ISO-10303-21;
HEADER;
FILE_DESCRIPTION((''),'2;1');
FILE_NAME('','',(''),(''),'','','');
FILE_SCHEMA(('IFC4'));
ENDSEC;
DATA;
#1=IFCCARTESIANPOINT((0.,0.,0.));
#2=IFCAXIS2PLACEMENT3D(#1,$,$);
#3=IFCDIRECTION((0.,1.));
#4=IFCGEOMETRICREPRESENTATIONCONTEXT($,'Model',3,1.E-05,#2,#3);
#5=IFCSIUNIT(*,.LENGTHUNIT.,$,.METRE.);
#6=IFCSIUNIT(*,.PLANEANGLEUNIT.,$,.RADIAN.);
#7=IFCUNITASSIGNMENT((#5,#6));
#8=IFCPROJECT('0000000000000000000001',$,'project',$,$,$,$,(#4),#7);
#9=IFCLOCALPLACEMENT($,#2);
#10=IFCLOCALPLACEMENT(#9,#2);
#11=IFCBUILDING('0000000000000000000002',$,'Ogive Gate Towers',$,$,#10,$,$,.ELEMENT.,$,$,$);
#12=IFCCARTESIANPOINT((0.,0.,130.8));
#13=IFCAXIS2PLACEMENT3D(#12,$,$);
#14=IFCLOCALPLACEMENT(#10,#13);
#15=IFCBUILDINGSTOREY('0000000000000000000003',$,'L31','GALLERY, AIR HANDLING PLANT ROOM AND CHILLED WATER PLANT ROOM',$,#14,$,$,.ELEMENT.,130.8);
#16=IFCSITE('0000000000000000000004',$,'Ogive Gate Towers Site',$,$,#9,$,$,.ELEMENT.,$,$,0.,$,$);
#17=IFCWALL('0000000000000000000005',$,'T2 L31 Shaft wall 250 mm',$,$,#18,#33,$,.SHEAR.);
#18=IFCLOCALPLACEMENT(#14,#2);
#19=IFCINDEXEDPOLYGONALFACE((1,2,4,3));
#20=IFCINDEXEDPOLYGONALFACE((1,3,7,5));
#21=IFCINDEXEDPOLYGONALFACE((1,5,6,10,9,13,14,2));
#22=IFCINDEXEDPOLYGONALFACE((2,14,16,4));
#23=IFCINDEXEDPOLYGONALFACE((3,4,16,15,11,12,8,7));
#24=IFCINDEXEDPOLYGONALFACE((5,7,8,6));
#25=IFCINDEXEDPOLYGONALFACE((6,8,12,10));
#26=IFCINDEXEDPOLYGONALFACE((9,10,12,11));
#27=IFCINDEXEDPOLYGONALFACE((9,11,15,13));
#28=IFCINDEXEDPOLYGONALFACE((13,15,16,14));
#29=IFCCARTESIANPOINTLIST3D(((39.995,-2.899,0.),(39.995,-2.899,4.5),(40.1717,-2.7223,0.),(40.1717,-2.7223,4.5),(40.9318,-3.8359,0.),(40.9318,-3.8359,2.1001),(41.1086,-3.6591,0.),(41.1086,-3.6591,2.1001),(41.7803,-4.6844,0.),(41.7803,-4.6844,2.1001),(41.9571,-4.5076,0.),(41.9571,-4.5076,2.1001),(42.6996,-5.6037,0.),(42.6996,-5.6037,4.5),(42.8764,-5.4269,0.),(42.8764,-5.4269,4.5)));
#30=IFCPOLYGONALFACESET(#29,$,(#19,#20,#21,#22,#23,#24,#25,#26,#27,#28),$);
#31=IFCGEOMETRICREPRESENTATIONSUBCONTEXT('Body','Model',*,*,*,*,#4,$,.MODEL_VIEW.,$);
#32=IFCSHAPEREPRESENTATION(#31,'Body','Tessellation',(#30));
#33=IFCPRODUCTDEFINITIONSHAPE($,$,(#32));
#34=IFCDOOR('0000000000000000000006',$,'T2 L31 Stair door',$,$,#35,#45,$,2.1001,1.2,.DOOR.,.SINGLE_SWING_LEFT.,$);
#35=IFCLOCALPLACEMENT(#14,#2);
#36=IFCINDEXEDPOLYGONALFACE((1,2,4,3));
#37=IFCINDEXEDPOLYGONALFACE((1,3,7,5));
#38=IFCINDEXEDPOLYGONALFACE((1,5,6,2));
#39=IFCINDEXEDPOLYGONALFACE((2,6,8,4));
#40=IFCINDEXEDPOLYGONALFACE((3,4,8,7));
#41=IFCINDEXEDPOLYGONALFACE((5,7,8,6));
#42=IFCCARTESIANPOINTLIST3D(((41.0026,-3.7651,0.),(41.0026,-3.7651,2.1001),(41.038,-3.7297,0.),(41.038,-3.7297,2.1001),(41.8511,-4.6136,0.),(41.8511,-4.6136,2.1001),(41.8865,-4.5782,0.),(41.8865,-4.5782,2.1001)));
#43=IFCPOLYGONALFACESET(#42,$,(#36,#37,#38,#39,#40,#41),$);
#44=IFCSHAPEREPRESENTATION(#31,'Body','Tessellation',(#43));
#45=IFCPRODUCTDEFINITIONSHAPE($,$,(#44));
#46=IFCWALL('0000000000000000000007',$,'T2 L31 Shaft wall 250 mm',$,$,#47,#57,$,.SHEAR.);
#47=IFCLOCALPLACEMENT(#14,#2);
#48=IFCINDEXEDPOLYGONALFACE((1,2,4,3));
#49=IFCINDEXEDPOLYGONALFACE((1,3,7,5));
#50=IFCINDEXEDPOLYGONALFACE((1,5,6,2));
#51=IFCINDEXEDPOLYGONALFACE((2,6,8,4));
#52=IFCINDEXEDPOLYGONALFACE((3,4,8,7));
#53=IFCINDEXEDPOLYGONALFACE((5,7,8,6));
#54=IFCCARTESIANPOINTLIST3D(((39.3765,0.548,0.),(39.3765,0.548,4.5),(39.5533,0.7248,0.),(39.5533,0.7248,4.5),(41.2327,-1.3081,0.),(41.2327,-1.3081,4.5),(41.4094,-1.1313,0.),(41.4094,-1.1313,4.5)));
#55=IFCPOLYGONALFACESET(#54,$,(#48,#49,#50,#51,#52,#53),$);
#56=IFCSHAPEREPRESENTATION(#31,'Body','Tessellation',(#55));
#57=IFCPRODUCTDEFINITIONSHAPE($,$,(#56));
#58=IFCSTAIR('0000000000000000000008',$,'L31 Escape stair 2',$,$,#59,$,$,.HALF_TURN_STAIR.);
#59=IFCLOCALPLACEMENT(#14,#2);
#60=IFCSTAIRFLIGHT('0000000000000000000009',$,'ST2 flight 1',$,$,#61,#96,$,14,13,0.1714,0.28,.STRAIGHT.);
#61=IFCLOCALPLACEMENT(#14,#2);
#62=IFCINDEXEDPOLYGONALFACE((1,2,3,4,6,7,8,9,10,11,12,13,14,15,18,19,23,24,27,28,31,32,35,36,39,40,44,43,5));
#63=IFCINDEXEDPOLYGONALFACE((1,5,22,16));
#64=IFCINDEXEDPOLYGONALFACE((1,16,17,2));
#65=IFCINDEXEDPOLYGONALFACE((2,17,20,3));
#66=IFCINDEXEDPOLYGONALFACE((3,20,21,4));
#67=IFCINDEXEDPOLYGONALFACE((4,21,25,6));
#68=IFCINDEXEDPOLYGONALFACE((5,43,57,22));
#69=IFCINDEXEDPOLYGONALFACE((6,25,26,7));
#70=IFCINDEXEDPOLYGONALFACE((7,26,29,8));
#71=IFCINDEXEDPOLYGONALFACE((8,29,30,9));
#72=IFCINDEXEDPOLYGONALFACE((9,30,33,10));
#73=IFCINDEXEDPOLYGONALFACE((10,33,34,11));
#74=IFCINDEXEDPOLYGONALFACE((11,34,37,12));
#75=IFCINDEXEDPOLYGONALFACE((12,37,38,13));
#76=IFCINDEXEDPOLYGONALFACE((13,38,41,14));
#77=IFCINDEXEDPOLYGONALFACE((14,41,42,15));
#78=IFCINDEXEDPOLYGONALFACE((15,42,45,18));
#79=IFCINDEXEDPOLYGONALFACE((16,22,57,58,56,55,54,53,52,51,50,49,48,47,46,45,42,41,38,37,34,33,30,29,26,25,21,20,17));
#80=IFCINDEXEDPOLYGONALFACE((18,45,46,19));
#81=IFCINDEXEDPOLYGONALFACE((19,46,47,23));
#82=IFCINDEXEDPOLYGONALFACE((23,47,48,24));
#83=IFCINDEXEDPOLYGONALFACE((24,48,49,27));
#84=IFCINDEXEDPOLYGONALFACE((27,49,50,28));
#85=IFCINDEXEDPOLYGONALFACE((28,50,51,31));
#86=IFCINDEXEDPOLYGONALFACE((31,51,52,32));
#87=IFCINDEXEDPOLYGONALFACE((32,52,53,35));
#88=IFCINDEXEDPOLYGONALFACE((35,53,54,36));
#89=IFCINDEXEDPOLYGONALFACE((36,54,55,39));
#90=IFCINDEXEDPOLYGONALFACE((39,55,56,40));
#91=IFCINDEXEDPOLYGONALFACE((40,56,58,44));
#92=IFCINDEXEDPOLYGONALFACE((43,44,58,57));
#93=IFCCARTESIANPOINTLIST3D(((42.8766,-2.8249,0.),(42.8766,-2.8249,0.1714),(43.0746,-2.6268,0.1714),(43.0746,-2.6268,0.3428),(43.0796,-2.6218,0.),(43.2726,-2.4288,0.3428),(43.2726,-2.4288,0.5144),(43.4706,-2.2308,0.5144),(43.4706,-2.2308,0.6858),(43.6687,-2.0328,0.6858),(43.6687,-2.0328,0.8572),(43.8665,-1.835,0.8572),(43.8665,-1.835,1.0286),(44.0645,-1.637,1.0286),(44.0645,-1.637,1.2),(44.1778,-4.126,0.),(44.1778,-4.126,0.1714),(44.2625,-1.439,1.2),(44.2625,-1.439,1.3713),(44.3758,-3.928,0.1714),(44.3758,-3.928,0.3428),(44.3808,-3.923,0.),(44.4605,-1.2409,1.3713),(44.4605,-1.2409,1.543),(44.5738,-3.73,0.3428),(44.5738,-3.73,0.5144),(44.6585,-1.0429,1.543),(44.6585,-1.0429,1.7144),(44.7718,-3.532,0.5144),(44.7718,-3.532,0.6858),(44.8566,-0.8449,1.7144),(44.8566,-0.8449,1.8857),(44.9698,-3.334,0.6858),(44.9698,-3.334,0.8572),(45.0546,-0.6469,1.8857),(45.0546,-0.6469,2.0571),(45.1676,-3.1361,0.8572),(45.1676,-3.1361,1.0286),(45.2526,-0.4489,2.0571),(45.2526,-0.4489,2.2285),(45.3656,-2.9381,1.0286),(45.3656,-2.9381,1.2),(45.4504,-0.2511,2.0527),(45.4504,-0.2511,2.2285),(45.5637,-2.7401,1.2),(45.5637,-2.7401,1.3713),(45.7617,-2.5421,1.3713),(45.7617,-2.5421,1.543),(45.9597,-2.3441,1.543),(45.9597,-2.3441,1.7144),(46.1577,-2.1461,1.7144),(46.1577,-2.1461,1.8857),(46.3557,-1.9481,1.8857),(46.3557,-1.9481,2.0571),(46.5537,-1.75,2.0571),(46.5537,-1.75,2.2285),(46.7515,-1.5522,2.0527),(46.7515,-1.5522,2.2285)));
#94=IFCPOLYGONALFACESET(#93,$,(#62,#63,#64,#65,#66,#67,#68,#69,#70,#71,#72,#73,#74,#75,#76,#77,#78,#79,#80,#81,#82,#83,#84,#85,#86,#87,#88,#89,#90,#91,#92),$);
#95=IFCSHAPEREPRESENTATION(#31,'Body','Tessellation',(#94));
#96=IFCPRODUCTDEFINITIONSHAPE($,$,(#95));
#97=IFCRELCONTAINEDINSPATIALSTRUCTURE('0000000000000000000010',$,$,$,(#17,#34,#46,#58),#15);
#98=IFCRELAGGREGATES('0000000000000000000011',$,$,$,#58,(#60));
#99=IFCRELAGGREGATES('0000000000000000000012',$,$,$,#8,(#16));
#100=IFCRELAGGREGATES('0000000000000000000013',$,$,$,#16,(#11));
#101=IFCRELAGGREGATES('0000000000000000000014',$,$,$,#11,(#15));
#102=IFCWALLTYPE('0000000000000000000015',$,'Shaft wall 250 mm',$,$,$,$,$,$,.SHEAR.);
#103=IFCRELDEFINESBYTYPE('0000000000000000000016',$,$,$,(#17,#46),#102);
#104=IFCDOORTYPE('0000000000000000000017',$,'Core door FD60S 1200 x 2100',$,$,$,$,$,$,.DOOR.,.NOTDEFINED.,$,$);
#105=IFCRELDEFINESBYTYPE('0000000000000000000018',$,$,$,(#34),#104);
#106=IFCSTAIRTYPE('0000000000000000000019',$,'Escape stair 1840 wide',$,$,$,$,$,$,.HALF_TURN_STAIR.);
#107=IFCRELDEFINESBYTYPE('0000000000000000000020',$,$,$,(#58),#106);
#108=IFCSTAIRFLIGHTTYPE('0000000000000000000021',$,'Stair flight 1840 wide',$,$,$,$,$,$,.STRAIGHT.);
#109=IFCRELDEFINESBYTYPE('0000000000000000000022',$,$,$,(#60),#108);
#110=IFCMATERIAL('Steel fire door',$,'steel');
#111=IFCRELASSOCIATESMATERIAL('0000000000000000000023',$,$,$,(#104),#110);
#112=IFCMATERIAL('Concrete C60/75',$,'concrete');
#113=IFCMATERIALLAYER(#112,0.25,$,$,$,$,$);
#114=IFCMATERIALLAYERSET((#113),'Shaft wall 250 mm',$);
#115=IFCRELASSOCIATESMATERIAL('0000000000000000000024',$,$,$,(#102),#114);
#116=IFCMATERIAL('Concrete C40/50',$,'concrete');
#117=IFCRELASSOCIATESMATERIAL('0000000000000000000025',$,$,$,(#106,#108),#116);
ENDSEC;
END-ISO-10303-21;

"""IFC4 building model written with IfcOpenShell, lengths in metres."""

from ifc_helpers import new_model, si_unit, direction, frame, frame_2d, origin, place, context, subcontext, project, spatial, polyline, rectangle, outline, extrude, material, layer, layer_set, type_object, element, fill, aggregate, save


model = new_model("IFC4")

# Units and contexts
model_context = context("Model", 3, precision=1e-05, world=origin(), true_north=direction((0.0, 1.0)))
body_context = subcontext(model_context, "Body", "Model", "MODEL_VIEW")
ifc_project = project(units=[si_unit("LENGTHUNIT", "METRE"), si_unit("PLANEANGLEUNIT", "RADIAN")], contexts=[model_context])

# Site, building, storey
site_placement = place(None, origin())
site = spatial("IfcSite", under=ifc_project, at=site_placement, Name="Ogive Gate Towers Site", CompositionType="ELEMENT", RefElevation=0.0)
building_placement = place(site_placement, origin())
building = spatial("IfcBuilding", under=site, at=building_placement, Name="Ogive Gate Towers", CompositionType="ELEMENT")
storey_placement = place(building_placement, frame((0.0, 0.0, 130.8)))
storey = spatial("IfcBuildingStorey", under=building, at=storey_placement, Name="L31", Description="GALLERY, AIR HANDLING PLANT ROOM AND CHILLED WATER PLANT ROOM", CompositionType="ELEMENT", Elevation=130.8)

# Shared definitions
ifc_material_1 = material(Name="Concrete C60/75", Category="concrete")
ifc_material_2 = material(Name="Steel fire door", Category="steel")
door_type_1 = type_object("IfcDoorType", Name="Core door FD60S 1200 x 2100", OperationType="NOTDEFINED", PredefinedType="DOOR", material=ifc_material_2)

# Shared definitions
ifc_layer_1 = layer(ifc_material_1, 0.25)
ifc_layer_set_1 = layer_set([ifc_layer_1], Name="Shaft wall 250 mm")
wall_type_1 = type_object("IfcWallType", Name="Shaft wall 250 mm", PredefinedType="SHEAR", material=ifc_layer_set_1)

# Wall, opening, door
wall_1_placement = place(storey_placement, frame((42.7881, -5.5154, 0.0), z_axis=(0.0, 0.0, 1.0), x_axis=(-0.707107, 0.707107, 0.0)))
wall_1 = element("IfcWall", 1, at=wall_1_placement, inside=storey, type_object=wall_type_1, Name="T2 L31 Shaft wall 250 mm", PredefinedType="SHEAR", context=body_context, shape_type="SweptSolid", body=[
    extrude(rectangle(XDim=3.825, YDim=0.25, at=frame_2d((1.9126, 0.0))), origin(), (0.0, 0.0, 1.0), 4.5),
])
opening_1_placement = place(wall_1_placement, frame((1.3, 0.0, 0.0)))
opening_1 = element("IfcOpeningElement", 2, at=opening_1_placement, cuts=wall_1, PredefinedType="OPENING", context=body_context, shape_type="SweptSolid", body=[
    extrude(rectangle(XDim=1.2, YDim=2.1001, at=frame_2d((0.6001, 1.05))), frame((0.0, 0.135, 0.0), z_axis=(0.0, -1.0, 0.0), x_axis=(1.0, 0.0, 0.0)), (0.0, 0.0, 1.0), 0.27),
])
door_1_placement = place(opening_1_placement, origin())
door_1 = element("IfcDoor", 3, at=door_1_placement, inside=storey, type_object=door_type_1, Name="T2 L31 Stair door", OperationType="SINGLE_SWING_LEFT", OverallHeight=2.1001, OverallWidth=1.2, PredefinedType="DOOR", context=body_context, shape_type="SweptSolid", body=[
    extrude(rectangle(XDim=1.2, YDim=2.1001, at=frame_2d((0.6001, 1.05))), frame((0.0, 0.0249, 0.0), z_axis=(0.0, -1.0, 0.0), x_axis=(1.0, 0.0, 0.0)), (0.0, 0.0, 1.0), 0.05),
])
fill(opening_1, door_1)

# Wall
wall_2_placement = place(storey_placement, frame((41.321, -1.2197, 0.0), z_axis=(0.0, 0.0, 1.0), x_axis=(-0.707107, 0.707107, 0.0)))
element("IfcWall", 4, at=wall_2_placement, inside=storey, type_object=wall_type_1, Name="T2 L31 Shaft wall 250 mm", PredefinedType="SHEAR", context=body_context, shape_type="SweptSolid", body=[
    extrude(rectangle(XDim=2.625, YDim=0.25, at=frame_2d((1.3125, 0.0))), origin(), (0.0, 0.0, 1.0), 4.5),
])

# Stair, stair flight
ifc_material_3 = material(Name="Concrete C40/50", Category="concrete")
stair_type = type_object("IfcStairType", Name="Escape stair 1840 wide", PredefinedType="HALF_TURN_STAIR", material=ifc_material_3)
stair_placement = place(storey_placement, origin())
stair = element("IfcStair", 5, at=stair_placement, inside=storey, type_object=stair_type, Name="L31 Escape stair 2", PredefinedType="HALF_TURN_STAIR")
stair_flight_type = type_object("IfcStairFlightType", Name="Stair flight 1840 wide", PredefinedType="STRAIGHT", material=ifc_material_3)
stair_flight_placement = place(storey_placement, frame((43.5271, -3.4753, 0.0), z_axis=(0.0, 0.0, 1.0), x_axis=(0.707107, 0.707107, 0.0)))
stair_flight = element("IfcStairFlight", 6, at=stair_flight_placement, type_object=stair_flight_type, Name="ST2 flight 1", NumberOfRisers=14, NumberOfTreads=13, PredefinedType="STRAIGHT", RiserHeight=0.1714, TreadLength=0.28, context=body_context, shape_type="SweptSolid", body=[
    extrude(outline(polyline([(0.0, 0.0), (0.0, 0.1714), (0.28, 0.1714), (0.28, 0.3428), (0.5601, 0.3428), (0.5601, 0.5144), (0.8401, 0.5144), (0.8401, 0.6858), (1.1201, 0.6858), (1.1201, 0.8572), (1.3999, 0.8572), (1.3999, 1.0286), (1.6799, 1.0286), (1.6799, 1.2), (1.96, 1.2), (1.96, 1.3713), (2.24, 1.3713), (2.24, 1.543), (2.52, 1.543), (2.52, 1.7144), (2.8, 1.7144), (2.8, 1.8857), (3.0801, 1.8857), (3.0801, 2.0571), (3.3601, 2.0571), (3.3601, 2.2285), (3.6399, 2.2285), (3.6399, 2.3999), (3.6399, 2.0527), (0.2871, 0.0), (0.0, 0.0)])), frame((0.0, 0.9199, 0.0), z_axis=(0.0, -1.0, 0.0), x_axis=(1.0, 0.0, 0.0)), (0.0, 0.0, 1.0), 1.8401),
])
aggregate(stair, [stair_flight])

save(model, "model.ifc")
